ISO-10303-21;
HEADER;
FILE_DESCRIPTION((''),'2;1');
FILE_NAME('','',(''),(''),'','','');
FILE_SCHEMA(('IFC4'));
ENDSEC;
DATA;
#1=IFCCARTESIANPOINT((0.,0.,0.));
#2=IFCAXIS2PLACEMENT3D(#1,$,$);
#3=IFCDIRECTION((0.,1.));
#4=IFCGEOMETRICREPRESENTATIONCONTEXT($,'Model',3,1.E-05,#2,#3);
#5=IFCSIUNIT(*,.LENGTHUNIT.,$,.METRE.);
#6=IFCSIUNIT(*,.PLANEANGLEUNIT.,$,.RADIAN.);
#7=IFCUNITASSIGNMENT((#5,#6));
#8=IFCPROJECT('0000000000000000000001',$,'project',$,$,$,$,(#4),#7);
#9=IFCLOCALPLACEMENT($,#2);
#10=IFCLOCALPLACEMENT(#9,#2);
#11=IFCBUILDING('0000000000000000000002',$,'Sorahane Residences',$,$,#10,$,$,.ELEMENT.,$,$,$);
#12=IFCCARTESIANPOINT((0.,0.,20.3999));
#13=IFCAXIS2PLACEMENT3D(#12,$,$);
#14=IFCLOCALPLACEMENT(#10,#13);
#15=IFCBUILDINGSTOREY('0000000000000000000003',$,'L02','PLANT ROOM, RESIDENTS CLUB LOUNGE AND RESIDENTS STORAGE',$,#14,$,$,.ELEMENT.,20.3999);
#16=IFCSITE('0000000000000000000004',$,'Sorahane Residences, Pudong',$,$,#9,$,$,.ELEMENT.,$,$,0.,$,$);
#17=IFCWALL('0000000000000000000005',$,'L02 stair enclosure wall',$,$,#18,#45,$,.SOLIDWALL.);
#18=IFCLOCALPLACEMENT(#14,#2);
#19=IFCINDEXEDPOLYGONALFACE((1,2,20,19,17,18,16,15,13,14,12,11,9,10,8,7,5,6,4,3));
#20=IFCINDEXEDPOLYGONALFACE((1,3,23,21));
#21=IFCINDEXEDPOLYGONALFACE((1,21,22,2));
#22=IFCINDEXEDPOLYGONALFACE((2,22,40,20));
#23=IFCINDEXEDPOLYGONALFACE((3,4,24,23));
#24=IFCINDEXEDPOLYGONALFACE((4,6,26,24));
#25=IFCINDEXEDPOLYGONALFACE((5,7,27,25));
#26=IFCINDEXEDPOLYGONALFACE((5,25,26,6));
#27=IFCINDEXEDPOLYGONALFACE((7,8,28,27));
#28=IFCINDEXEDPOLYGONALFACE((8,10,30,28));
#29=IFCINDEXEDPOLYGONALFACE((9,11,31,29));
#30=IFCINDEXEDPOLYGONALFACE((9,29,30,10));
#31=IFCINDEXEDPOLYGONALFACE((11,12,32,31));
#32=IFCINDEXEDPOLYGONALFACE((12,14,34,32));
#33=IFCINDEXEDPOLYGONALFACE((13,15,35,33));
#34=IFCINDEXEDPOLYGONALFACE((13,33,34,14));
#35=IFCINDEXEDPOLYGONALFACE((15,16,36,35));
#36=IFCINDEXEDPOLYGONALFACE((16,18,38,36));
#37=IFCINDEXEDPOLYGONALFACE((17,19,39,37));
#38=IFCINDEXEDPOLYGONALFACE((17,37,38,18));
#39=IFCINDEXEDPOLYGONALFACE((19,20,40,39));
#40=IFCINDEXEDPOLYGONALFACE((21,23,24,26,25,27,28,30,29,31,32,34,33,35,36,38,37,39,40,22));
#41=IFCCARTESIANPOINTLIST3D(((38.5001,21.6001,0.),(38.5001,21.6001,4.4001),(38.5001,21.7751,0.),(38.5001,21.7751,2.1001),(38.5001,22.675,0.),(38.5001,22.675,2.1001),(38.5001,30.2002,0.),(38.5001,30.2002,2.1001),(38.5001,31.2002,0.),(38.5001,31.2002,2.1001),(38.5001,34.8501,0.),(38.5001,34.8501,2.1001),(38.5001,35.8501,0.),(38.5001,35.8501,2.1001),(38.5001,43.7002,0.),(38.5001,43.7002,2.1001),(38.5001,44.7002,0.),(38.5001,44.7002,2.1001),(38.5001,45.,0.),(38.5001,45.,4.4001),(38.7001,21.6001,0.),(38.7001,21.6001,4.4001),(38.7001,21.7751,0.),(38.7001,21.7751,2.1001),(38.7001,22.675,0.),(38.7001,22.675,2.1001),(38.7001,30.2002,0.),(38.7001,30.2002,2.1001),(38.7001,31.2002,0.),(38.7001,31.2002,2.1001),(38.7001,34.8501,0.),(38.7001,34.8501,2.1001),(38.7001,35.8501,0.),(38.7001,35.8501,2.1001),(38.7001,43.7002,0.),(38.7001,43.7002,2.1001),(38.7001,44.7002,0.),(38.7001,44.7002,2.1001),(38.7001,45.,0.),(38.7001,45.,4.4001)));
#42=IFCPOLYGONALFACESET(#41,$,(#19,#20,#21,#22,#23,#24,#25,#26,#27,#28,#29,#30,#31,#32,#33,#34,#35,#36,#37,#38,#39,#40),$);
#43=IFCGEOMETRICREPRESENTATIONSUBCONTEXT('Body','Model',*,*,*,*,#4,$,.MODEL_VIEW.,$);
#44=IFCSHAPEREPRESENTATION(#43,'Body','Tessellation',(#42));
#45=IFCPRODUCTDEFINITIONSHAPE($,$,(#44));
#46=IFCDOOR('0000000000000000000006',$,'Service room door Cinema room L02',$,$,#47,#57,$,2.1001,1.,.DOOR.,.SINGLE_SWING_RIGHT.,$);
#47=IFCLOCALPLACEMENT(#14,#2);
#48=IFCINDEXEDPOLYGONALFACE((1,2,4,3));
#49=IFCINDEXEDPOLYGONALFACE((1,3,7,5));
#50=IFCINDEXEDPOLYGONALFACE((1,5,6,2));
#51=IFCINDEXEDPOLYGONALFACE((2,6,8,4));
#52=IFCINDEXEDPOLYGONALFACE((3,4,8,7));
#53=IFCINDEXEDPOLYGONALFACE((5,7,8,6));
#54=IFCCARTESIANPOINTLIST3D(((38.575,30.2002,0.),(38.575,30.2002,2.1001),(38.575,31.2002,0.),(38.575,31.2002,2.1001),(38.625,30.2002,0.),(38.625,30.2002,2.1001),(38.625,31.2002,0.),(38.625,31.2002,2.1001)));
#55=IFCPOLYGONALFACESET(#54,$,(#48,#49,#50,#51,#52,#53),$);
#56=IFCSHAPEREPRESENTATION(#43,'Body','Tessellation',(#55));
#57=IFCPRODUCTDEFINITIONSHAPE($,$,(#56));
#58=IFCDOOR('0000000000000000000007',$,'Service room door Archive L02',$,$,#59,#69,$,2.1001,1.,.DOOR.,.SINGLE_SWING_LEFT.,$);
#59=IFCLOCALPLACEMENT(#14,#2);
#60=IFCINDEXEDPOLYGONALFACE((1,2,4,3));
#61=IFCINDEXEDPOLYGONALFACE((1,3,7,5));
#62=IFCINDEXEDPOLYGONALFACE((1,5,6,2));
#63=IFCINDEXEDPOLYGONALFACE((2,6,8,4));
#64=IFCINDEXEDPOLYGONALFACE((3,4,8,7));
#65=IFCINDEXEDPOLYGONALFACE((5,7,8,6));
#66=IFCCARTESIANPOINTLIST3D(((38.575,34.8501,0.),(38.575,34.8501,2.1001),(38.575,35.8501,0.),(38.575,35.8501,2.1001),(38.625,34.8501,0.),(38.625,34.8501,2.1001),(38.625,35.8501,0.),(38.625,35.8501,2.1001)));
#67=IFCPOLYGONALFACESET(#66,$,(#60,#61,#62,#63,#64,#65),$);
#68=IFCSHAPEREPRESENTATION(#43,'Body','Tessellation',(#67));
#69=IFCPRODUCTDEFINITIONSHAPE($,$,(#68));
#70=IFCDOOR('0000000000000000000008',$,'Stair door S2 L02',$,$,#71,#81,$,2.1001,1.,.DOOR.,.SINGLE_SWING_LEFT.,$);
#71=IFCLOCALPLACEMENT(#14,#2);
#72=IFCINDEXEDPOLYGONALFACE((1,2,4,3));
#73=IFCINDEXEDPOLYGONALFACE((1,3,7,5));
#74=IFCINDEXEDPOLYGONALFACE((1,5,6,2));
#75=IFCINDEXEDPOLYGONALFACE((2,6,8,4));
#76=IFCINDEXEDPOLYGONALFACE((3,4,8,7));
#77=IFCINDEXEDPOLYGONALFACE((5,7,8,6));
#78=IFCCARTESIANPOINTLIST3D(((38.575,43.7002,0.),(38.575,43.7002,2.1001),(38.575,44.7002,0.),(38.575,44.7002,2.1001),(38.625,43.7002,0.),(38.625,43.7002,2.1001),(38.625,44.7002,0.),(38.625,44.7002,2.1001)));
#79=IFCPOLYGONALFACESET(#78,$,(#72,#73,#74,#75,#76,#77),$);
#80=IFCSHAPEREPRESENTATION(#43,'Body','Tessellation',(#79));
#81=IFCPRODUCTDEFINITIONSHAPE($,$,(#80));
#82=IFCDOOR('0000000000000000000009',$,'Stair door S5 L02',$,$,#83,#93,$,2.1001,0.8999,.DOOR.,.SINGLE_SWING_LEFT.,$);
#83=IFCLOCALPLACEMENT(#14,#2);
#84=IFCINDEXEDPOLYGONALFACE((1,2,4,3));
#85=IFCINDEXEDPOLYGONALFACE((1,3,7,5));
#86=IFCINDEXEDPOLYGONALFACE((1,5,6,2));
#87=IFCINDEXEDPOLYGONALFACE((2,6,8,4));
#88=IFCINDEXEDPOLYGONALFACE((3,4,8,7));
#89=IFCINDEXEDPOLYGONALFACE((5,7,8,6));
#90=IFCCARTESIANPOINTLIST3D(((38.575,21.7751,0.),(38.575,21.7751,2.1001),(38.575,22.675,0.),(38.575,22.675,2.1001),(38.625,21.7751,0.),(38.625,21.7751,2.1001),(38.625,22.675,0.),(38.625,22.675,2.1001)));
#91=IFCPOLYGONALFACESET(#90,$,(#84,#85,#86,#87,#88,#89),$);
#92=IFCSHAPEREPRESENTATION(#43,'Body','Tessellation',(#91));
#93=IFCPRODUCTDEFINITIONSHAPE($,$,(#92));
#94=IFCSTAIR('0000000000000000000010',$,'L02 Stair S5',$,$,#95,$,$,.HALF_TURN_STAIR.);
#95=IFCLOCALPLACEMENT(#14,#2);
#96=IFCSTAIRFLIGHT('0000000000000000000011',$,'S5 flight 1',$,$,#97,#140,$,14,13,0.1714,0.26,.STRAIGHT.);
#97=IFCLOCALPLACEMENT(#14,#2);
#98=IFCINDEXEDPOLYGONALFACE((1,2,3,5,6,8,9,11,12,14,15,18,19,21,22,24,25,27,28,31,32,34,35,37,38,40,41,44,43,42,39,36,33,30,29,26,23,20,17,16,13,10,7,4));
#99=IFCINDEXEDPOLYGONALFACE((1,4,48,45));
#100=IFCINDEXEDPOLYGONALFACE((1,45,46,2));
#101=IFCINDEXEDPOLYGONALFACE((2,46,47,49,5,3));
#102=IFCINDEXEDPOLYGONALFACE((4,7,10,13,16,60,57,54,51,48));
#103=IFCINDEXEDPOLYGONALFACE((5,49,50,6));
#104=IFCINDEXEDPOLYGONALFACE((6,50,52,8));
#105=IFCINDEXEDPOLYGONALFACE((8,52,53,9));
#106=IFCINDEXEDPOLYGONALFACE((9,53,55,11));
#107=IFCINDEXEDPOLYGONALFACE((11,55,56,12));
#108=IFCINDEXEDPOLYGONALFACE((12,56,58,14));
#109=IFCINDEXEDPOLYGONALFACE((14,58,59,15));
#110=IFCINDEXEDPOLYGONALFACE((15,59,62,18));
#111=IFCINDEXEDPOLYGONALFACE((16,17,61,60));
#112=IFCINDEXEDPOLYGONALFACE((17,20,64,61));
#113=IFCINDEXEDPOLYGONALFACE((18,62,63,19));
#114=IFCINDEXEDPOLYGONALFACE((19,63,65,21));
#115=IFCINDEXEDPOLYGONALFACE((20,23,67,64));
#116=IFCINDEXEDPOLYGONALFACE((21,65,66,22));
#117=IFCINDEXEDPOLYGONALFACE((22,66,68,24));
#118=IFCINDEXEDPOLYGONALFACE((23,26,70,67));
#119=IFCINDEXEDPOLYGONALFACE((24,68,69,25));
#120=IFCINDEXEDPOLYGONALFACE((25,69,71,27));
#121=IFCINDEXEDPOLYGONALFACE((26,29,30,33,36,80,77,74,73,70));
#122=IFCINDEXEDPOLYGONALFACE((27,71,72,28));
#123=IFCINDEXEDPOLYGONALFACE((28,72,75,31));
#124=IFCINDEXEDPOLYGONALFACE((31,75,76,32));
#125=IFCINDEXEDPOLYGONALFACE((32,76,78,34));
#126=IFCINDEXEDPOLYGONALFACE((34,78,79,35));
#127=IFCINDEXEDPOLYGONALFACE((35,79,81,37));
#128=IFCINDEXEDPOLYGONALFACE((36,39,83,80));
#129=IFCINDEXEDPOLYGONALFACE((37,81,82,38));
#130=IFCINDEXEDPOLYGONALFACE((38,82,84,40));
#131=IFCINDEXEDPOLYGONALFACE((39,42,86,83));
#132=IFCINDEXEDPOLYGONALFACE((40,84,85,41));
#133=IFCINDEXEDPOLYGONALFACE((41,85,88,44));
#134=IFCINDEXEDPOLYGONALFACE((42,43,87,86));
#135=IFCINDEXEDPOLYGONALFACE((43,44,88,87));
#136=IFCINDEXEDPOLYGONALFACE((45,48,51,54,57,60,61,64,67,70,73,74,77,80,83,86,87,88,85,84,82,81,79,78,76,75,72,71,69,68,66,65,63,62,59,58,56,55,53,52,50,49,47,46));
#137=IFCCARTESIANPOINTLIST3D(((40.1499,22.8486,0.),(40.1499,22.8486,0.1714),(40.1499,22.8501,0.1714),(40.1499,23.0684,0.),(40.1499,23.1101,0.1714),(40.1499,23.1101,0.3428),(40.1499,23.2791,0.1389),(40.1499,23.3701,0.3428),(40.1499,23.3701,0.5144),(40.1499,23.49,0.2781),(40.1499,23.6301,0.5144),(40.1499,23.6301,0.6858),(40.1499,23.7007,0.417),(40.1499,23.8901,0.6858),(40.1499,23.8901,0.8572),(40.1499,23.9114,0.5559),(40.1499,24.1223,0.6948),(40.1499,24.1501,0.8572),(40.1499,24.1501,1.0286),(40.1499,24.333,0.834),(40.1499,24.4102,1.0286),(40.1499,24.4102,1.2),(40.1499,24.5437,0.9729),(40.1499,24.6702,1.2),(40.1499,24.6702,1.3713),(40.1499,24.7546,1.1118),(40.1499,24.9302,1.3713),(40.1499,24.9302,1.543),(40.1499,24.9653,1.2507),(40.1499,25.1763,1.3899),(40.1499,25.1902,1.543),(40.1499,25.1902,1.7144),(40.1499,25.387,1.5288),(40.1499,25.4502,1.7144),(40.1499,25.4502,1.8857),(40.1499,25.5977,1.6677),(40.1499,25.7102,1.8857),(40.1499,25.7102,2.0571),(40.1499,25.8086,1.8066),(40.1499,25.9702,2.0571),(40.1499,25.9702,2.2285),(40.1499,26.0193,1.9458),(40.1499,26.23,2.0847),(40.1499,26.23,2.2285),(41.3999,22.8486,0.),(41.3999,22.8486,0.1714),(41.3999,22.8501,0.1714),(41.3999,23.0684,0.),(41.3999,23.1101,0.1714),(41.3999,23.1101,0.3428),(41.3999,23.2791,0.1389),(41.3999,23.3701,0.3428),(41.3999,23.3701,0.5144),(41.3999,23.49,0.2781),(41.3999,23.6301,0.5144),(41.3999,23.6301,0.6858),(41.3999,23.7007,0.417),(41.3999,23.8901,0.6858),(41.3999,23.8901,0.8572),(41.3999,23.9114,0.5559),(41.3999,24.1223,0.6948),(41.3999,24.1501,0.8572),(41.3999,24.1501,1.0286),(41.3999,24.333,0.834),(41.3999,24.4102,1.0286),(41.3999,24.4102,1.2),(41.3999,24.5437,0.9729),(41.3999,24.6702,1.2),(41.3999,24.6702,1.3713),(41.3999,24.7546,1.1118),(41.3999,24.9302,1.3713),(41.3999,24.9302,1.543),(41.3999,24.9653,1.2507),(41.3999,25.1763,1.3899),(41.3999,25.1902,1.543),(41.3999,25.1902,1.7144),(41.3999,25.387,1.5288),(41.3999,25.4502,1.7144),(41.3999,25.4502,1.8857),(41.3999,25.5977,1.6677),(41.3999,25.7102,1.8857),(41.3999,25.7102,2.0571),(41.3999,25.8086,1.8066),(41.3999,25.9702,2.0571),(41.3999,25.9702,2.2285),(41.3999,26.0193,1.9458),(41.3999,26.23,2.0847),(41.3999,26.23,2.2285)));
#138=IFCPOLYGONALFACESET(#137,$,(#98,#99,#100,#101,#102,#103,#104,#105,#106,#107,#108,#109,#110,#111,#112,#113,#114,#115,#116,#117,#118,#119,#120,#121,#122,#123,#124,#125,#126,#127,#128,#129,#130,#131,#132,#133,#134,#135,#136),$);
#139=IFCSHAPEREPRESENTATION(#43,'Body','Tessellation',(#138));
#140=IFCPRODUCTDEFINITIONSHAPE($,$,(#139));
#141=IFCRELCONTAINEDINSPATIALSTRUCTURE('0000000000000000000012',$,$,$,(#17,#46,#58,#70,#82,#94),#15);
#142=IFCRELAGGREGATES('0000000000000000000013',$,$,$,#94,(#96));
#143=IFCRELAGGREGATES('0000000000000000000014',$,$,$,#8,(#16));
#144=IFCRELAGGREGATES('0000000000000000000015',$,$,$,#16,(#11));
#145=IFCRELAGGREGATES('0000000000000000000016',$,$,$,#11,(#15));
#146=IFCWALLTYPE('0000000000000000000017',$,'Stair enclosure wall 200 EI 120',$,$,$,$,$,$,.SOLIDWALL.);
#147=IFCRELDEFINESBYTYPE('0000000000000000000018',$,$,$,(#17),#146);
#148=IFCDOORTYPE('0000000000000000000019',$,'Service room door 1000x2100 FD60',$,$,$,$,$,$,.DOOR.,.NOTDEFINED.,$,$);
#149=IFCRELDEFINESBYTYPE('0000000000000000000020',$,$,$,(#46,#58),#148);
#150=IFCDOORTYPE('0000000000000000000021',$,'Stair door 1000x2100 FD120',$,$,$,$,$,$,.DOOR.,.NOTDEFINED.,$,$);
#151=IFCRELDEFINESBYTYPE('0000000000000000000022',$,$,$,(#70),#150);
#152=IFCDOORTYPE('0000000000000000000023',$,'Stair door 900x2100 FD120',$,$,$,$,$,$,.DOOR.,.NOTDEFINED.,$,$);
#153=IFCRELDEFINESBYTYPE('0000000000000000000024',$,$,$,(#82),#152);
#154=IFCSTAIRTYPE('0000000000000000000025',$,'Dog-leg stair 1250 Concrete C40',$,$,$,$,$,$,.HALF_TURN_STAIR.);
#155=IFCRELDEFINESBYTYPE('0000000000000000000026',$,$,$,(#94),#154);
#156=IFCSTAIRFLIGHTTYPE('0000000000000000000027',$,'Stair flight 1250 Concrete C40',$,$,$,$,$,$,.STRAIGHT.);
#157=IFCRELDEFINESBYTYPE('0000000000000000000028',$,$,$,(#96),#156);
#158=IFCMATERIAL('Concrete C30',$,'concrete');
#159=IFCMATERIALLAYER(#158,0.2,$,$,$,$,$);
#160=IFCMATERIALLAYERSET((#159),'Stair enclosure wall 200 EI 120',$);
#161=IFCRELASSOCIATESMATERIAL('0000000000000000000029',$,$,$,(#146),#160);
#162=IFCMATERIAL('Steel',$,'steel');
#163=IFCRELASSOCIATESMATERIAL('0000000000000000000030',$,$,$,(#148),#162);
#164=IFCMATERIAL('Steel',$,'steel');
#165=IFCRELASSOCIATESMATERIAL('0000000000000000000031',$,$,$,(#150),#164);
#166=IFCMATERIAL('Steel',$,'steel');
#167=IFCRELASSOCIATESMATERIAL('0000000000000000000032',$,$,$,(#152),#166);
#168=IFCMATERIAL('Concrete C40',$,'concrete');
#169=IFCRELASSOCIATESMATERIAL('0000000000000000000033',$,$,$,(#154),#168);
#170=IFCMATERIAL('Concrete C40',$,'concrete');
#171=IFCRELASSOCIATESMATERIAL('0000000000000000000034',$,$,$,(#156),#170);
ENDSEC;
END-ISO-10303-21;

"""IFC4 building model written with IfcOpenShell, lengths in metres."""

from ifc_helpers import new_model, si_unit, direction, frame, frame_2d, origin, place, context, subcontext, project, spatial, polyline, rectangle, outline, extrude, material, layer, layer_set, type_object, element, fill, aggregate, save


model = new_model("IFC4")

# Units and contexts
model_context = context("Model", 3, precision=1e-05, world=origin(), true_north=direction((0.0, 1.0)))
body_context = subcontext(model_context, "Body", "Model", "MODEL_VIEW")
ifc_project = project(units=[si_unit("LENGTHUNIT", "METRE"), si_unit("PLANEANGLEUNIT", "RADIAN")], contexts=[model_context])

# Site, building, storey
site_placement = place(None, origin())
site = spatial("IfcSite", under=ifc_project, at=site_placement, Name="Sorahane Residences, Pudong", CompositionType="ELEMENT", RefElevation=0.0)
building_placement = place(site_placement, origin())
building = spatial("IfcBuilding", under=site, at=building_placement, Name="Sorahane Residences", CompositionType="ELEMENT")
storey_placement = place(building_placement, frame((0.0, 0.0, 20.3999)))
storey = spatial("IfcBuildingStorey", under=building, at=storey_placement, Name="L02", Description="PLANT ROOM, RESIDENTS CLUB LOUNGE AND RESIDENTS STORAGE", CompositionType="ELEMENT", Elevation=20.3999)

# Wall, openings, doors
ifc_material_1 = material(Name="Concrete C30", Category="concrete")
ifc_layer_1 = layer(ifc_material_1, 0.2)
ifc_layer_set_1 = layer_set([ifc_layer_1], Name="Stair enclosure wall 200 EI 120")
wall_type_1 = type_object("IfcWallType", Name="Stair enclosure wall 200 EI 120", PredefinedType="SOLIDWALL", material=ifc_layer_set_1)
wall_1_placement = place(storey_placement, frame((38.6001, 21.6001, 0.0), z_axis=(0.0, 0.0, 1.0), x_axis=(0.0, 1.0, 0.0)))
wall_1 = element("IfcWall", 1, at=wall_1_placement, inside=storey, type_object=wall_type_1, Name="L02 stair enclosure wall", PredefinedType="SOLIDWALL", context=body_context, shape_type="SweptSolid", body=[
    extrude(rectangle(XDim=23.3999, YDim=0.2, at=frame_2d((11.7, 0.0))), origin(), (0.0, 0.0, 1.0), 4.4001),
])
opening_1_placement = place(wall_1_placement, frame((8.6001, 0.0, 0.0)))
opening_1 = element("IfcOpeningElement", 2, at=opening_1_placement, cuts=wall_1, PredefinedType="OPENING", context=body_context, shape_type="SweptSolid", body=[
    extrude(rectangle(XDim=1.0, YDim=2.1001, at=frame_2d((0.5, 1.05))), frame((0.0, 0.1099, 0.0), z_axis=(0.0, -1.0, 0.0), x_axis=(1.0, 0.0, 0.0)), (0.0, 0.0, 1.0), 0.22),
])
opening_2_placement = place(wall_1_placement, frame((13.25, 0.0, 0.0)))
opening_2 = element("IfcOpeningElement", 3, at=opening_2_placement, cuts=wall_1, PredefinedType="OPENING", context=body_context, shape_type="SweptSolid", body=[
    extrude(rectangle(XDim=1.0, YDim=2.1001, at=frame_2d((0.5, 1.05))), frame((0.0, 0.1099, 0.0), z_axis=(0.0, -1.0, 0.0), x_axis=(1.0, 0.0, 0.0)), (0.0, 0.0, 1.0), 0.22),
])
opening_3_placement = place(wall_1_placement, frame((22.1001, 0.0, 0.0)))
opening_3 = element("IfcOpeningElement", 4, at=opening_3_placement, cuts=wall_1, PredefinedType="OPENING", context=body_context, shape_type="SweptSolid", body=[
    extrude(rectangle(XDim=1.0, YDim=2.1001, at=frame_2d((0.5, 1.05))), frame((0.0, 0.1099, 0.0), z_axis=(0.0, -1.0, 0.0), x_axis=(1.0, 0.0, 0.0)), (0.0, 0.0, 1.0), 0.22),
])
opening_4_placement = place(wall_1_placement, frame((0.175, 0.0, 0.0)))
opening_4 = element("IfcOpeningElement", 5, at=opening_4_placement, cuts=wall_1, PredefinedType="OPENING", context=body_context, shape_type="SweptSolid", body=[
    extrude(rectangle(XDim=0.8999, YDim=2.1001, at=frame_2d((0.45, 1.05))), frame((0.0, 0.1099, 0.0), z_axis=(0.0, -1.0, 0.0), x_axis=(1.0, 0.0, 0.0)), (0.0, 0.0, 1.0), 0.22),
])
ifc_material_2 = material(Name="Steel", Category="steel")
door_type_1 = type_object("IfcDoorType", Name="Service room door 1000x2100 FD60", OperationType="NOTDEFINED", PredefinedType="DOOR", material=ifc_material_2)
door_1_placement = place(opening_1_placement, frame((1.0, 0.0, 0.0), z_axis=(0.0, 0.0, 1.0), x_axis=(-1.0, 0.0, 0.0)))
door_1 = element("IfcDoor", 6, at=door_1_placement, inside=storey, type_object=door_type_1, Name="Service room door Cinema room L02", OperationType="SINGLE_SWING_RIGHT", OverallHeight=2.1001, OverallWidth=1.0, PredefinedType="DOOR", context=body_context, shape_type="SweptSolid", body=[
    extrude(rectangle(XDim=1.0, YDim=2.1001, at=frame_2d((0.5, 1.05))), frame((0.0, 0.0249, 0.0), z_axis=(0.0, -1.0, 0.0), x_axis=(1.0, 0.0, 0.0)), (0.0, 0.0, 1.0), 0.05),
])
fill(opening_1, door_1)
door_2_placement = place(opening_2_placement, frame((1.0, 0.0, 0.0), z_axis=(0.0, 0.0, 1.0), x_axis=(-1.0, 0.0, 0.0)))
door_2 = element("IfcDoor", 7, at=door_2_placement, inside=storey, type_object=door_type_1, Name="Service room door Archive L02", OperationType="SINGLE_SWING_LEFT", OverallHeight=2.1001, OverallWidth=1.0, PredefinedType="DOOR", context=body_context, shape_type="SweptSolid", body=[
    extrude(rectangle(XDim=1.0, YDim=2.1001, at=frame_2d((0.5, 1.05))), frame((0.0, 0.0249, 0.0), z_axis=(0.0, -1.0, 0.0), x_axis=(1.0, 0.0, 0.0)), (0.0, 0.0, 1.0), 0.05),
])
fill(opening_2, door_2)
ifc_material_3 = material(Name="Steel", Category="steel")
door_type_2 = type_object("IfcDoorType", Name="Stair door 1000x2100 FD120", OperationType="NOTDEFINED", PredefinedType="DOOR", material=ifc_material_3)
door_3_placement = place(opening_3_placement, frame((1.0, 0.0, 0.0), z_axis=(0.0, 0.0, 1.0), x_axis=(-1.0, 0.0, 0.0)))
door_3 = element("IfcDoor", 8, at=door_3_placement, inside=storey, type_object=door_type_2, Name="Stair door S2 L02", OperationType="SINGLE_SWING_LEFT", OverallHeight=2.1001, OverallWidth=1.0, PredefinedType="DOOR", context=body_context, shape_type="SweptSolid", body=[
    extrude(rectangle(XDim=1.0, YDim=2.1001, at=frame_2d((0.5, 1.05))), frame((0.0, 0.0249, 0.0), z_axis=(0.0, -1.0, 0.0), x_axis=(1.0, 0.0, 0.0)), (0.0, 0.0, 1.0), 0.05),
])
fill(opening_3, door_3)
ifc_material_4 = material(Name="Steel", Category="steel")
door_type_3 = type_object("IfcDoorType", Name="Stair door 900x2100 FD120", OperationType="NOTDEFINED", PredefinedType="DOOR", material=ifc_material_4)
door_4_placement = place(opening_4_placement, frame((0.8999, 0.0, 0.0), z_axis=(0.0, 0.0, 1.0), x_axis=(-1.0, 0.0, 0.0)))
door_4 = element("IfcDoor", 9, at=door_4_placement, inside=storey, type_object=door_type_3, Name="Stair door S5 L02", OperationType="SINGLE_SWING_LEFT", OverallHeight=2.1001, OverallWidth=0.8999, PredefinedType="DOOR", context=body_context, shape_type="SweptSolid", body=[
    extrude(rectangle(XDim=0.8999, YDim=2.1001, at=frame_2d((0.45, 1.05))), frame((0.0, 0.0249, 0.0), z_axis=(0.0, -1.0, 0.0), x_axis=(1.0, 0.0, 0.0)), (0.0, 0.0, 1.0), 0.05),
])
fill(opening_4, door_4)

# Stair, stair flight
ifc_material_5 = material(Name="Concrete C40", Category="concrete")
stair_type = type_object("IfcStairType", Name="Dog-leg stair 1250 Concrete C40", PredefinedType="HALF_TURN_STAIR", material=ifc_material_5)
stair_placement = place(storey_placement, origin())
stair = element("IfcStair", 10, at=stair_placement, inside=storey, type_object=stair_type, Name="L02 Stair S5", PredefinedType="HALF_TURN_STAIR")
ifc_material_6 = material(Name="Concrete C40", Category="concrete")
stair_flight_type = type_object("IfcStairFlightType", Name="Stair flight 1250 Concrete C40", PredefinedType="STRAIGHT", material=ifc_material_6)
stair_flight_placement = place(storey_placement, frame((40.7749, 22.8501, 0.0), z_axis=(0.0, 0.0, 1.0), x_axis=(0.0, 1.0, 0.0)))
stair_flight = element("IfcStairFlight", 11, at=stair_flight_placement, type_object=stair_flight_type, Name="S5 flight 1", NumberOfRisers=14, NumberOfTreads=13, PredefinedType="STRAIGHT", RiserHeight=0.1714, TreadLength=0.26, context=body_context, shape_type="SweptSolid", body=[
    extrude(outline(polyline([(-0.0015, 0.0), (-0.0015, 0.1714), (0.0, 0.1714), (0.26, 0.1714), (0.26, 0.3428), (0.52, 0.3428), (0.52, 0.5144), (0.78, 0.5144), (0.78, 0.6858), (1.04, 0.6858), (1.04, 0.8572), (1.3, 0.8572), (1.3, 1.0286), (1.5601, 1.0286), (1.5601, 1.2), (1.8201, 1.2), (1.8201, 1.3713), (2.0801, 1.3713), (2.0801, 1.543), (2.3401, 1.543), (2.3401, 1.7144), (2.6001, 1.7144), (2.6001, 1.8857), (2.8601, 1.8857), (2.8601, 2.0571), (3.1201, 2.0571), (3.1201, 2.2285), (3.3799, 2.2285), (3.3799, 2.3999), (3.3799, 2.0847), (3.1692, 1.9458), (2.9585, 1.8066), (2.7476, 1.6677), (2.5369, 1.5288), (2.3262, 1.3899), (2.1152, 1.2507), (1.9045, 1.1118), (1.6936, 0.9729), (1.4829, 0.834), (1.2722, 0.6948), (1.0613, 0.5559), (0.8506, 0.417), (0.6399, 0.2781), (0.429, 0.1389), (0.2183, 0.0), (-0.0015, 0.0)])), frame((0.0, 0.625, 0.0), z_axis=(0.0, -1.0, 0.0), x_axis=(1.0, 0.0, 0.0)), (0.0, 0.0, 1.0), 1.25),
])
aggregate(stair, [stair_flight])

save(model, "model.ifc")
